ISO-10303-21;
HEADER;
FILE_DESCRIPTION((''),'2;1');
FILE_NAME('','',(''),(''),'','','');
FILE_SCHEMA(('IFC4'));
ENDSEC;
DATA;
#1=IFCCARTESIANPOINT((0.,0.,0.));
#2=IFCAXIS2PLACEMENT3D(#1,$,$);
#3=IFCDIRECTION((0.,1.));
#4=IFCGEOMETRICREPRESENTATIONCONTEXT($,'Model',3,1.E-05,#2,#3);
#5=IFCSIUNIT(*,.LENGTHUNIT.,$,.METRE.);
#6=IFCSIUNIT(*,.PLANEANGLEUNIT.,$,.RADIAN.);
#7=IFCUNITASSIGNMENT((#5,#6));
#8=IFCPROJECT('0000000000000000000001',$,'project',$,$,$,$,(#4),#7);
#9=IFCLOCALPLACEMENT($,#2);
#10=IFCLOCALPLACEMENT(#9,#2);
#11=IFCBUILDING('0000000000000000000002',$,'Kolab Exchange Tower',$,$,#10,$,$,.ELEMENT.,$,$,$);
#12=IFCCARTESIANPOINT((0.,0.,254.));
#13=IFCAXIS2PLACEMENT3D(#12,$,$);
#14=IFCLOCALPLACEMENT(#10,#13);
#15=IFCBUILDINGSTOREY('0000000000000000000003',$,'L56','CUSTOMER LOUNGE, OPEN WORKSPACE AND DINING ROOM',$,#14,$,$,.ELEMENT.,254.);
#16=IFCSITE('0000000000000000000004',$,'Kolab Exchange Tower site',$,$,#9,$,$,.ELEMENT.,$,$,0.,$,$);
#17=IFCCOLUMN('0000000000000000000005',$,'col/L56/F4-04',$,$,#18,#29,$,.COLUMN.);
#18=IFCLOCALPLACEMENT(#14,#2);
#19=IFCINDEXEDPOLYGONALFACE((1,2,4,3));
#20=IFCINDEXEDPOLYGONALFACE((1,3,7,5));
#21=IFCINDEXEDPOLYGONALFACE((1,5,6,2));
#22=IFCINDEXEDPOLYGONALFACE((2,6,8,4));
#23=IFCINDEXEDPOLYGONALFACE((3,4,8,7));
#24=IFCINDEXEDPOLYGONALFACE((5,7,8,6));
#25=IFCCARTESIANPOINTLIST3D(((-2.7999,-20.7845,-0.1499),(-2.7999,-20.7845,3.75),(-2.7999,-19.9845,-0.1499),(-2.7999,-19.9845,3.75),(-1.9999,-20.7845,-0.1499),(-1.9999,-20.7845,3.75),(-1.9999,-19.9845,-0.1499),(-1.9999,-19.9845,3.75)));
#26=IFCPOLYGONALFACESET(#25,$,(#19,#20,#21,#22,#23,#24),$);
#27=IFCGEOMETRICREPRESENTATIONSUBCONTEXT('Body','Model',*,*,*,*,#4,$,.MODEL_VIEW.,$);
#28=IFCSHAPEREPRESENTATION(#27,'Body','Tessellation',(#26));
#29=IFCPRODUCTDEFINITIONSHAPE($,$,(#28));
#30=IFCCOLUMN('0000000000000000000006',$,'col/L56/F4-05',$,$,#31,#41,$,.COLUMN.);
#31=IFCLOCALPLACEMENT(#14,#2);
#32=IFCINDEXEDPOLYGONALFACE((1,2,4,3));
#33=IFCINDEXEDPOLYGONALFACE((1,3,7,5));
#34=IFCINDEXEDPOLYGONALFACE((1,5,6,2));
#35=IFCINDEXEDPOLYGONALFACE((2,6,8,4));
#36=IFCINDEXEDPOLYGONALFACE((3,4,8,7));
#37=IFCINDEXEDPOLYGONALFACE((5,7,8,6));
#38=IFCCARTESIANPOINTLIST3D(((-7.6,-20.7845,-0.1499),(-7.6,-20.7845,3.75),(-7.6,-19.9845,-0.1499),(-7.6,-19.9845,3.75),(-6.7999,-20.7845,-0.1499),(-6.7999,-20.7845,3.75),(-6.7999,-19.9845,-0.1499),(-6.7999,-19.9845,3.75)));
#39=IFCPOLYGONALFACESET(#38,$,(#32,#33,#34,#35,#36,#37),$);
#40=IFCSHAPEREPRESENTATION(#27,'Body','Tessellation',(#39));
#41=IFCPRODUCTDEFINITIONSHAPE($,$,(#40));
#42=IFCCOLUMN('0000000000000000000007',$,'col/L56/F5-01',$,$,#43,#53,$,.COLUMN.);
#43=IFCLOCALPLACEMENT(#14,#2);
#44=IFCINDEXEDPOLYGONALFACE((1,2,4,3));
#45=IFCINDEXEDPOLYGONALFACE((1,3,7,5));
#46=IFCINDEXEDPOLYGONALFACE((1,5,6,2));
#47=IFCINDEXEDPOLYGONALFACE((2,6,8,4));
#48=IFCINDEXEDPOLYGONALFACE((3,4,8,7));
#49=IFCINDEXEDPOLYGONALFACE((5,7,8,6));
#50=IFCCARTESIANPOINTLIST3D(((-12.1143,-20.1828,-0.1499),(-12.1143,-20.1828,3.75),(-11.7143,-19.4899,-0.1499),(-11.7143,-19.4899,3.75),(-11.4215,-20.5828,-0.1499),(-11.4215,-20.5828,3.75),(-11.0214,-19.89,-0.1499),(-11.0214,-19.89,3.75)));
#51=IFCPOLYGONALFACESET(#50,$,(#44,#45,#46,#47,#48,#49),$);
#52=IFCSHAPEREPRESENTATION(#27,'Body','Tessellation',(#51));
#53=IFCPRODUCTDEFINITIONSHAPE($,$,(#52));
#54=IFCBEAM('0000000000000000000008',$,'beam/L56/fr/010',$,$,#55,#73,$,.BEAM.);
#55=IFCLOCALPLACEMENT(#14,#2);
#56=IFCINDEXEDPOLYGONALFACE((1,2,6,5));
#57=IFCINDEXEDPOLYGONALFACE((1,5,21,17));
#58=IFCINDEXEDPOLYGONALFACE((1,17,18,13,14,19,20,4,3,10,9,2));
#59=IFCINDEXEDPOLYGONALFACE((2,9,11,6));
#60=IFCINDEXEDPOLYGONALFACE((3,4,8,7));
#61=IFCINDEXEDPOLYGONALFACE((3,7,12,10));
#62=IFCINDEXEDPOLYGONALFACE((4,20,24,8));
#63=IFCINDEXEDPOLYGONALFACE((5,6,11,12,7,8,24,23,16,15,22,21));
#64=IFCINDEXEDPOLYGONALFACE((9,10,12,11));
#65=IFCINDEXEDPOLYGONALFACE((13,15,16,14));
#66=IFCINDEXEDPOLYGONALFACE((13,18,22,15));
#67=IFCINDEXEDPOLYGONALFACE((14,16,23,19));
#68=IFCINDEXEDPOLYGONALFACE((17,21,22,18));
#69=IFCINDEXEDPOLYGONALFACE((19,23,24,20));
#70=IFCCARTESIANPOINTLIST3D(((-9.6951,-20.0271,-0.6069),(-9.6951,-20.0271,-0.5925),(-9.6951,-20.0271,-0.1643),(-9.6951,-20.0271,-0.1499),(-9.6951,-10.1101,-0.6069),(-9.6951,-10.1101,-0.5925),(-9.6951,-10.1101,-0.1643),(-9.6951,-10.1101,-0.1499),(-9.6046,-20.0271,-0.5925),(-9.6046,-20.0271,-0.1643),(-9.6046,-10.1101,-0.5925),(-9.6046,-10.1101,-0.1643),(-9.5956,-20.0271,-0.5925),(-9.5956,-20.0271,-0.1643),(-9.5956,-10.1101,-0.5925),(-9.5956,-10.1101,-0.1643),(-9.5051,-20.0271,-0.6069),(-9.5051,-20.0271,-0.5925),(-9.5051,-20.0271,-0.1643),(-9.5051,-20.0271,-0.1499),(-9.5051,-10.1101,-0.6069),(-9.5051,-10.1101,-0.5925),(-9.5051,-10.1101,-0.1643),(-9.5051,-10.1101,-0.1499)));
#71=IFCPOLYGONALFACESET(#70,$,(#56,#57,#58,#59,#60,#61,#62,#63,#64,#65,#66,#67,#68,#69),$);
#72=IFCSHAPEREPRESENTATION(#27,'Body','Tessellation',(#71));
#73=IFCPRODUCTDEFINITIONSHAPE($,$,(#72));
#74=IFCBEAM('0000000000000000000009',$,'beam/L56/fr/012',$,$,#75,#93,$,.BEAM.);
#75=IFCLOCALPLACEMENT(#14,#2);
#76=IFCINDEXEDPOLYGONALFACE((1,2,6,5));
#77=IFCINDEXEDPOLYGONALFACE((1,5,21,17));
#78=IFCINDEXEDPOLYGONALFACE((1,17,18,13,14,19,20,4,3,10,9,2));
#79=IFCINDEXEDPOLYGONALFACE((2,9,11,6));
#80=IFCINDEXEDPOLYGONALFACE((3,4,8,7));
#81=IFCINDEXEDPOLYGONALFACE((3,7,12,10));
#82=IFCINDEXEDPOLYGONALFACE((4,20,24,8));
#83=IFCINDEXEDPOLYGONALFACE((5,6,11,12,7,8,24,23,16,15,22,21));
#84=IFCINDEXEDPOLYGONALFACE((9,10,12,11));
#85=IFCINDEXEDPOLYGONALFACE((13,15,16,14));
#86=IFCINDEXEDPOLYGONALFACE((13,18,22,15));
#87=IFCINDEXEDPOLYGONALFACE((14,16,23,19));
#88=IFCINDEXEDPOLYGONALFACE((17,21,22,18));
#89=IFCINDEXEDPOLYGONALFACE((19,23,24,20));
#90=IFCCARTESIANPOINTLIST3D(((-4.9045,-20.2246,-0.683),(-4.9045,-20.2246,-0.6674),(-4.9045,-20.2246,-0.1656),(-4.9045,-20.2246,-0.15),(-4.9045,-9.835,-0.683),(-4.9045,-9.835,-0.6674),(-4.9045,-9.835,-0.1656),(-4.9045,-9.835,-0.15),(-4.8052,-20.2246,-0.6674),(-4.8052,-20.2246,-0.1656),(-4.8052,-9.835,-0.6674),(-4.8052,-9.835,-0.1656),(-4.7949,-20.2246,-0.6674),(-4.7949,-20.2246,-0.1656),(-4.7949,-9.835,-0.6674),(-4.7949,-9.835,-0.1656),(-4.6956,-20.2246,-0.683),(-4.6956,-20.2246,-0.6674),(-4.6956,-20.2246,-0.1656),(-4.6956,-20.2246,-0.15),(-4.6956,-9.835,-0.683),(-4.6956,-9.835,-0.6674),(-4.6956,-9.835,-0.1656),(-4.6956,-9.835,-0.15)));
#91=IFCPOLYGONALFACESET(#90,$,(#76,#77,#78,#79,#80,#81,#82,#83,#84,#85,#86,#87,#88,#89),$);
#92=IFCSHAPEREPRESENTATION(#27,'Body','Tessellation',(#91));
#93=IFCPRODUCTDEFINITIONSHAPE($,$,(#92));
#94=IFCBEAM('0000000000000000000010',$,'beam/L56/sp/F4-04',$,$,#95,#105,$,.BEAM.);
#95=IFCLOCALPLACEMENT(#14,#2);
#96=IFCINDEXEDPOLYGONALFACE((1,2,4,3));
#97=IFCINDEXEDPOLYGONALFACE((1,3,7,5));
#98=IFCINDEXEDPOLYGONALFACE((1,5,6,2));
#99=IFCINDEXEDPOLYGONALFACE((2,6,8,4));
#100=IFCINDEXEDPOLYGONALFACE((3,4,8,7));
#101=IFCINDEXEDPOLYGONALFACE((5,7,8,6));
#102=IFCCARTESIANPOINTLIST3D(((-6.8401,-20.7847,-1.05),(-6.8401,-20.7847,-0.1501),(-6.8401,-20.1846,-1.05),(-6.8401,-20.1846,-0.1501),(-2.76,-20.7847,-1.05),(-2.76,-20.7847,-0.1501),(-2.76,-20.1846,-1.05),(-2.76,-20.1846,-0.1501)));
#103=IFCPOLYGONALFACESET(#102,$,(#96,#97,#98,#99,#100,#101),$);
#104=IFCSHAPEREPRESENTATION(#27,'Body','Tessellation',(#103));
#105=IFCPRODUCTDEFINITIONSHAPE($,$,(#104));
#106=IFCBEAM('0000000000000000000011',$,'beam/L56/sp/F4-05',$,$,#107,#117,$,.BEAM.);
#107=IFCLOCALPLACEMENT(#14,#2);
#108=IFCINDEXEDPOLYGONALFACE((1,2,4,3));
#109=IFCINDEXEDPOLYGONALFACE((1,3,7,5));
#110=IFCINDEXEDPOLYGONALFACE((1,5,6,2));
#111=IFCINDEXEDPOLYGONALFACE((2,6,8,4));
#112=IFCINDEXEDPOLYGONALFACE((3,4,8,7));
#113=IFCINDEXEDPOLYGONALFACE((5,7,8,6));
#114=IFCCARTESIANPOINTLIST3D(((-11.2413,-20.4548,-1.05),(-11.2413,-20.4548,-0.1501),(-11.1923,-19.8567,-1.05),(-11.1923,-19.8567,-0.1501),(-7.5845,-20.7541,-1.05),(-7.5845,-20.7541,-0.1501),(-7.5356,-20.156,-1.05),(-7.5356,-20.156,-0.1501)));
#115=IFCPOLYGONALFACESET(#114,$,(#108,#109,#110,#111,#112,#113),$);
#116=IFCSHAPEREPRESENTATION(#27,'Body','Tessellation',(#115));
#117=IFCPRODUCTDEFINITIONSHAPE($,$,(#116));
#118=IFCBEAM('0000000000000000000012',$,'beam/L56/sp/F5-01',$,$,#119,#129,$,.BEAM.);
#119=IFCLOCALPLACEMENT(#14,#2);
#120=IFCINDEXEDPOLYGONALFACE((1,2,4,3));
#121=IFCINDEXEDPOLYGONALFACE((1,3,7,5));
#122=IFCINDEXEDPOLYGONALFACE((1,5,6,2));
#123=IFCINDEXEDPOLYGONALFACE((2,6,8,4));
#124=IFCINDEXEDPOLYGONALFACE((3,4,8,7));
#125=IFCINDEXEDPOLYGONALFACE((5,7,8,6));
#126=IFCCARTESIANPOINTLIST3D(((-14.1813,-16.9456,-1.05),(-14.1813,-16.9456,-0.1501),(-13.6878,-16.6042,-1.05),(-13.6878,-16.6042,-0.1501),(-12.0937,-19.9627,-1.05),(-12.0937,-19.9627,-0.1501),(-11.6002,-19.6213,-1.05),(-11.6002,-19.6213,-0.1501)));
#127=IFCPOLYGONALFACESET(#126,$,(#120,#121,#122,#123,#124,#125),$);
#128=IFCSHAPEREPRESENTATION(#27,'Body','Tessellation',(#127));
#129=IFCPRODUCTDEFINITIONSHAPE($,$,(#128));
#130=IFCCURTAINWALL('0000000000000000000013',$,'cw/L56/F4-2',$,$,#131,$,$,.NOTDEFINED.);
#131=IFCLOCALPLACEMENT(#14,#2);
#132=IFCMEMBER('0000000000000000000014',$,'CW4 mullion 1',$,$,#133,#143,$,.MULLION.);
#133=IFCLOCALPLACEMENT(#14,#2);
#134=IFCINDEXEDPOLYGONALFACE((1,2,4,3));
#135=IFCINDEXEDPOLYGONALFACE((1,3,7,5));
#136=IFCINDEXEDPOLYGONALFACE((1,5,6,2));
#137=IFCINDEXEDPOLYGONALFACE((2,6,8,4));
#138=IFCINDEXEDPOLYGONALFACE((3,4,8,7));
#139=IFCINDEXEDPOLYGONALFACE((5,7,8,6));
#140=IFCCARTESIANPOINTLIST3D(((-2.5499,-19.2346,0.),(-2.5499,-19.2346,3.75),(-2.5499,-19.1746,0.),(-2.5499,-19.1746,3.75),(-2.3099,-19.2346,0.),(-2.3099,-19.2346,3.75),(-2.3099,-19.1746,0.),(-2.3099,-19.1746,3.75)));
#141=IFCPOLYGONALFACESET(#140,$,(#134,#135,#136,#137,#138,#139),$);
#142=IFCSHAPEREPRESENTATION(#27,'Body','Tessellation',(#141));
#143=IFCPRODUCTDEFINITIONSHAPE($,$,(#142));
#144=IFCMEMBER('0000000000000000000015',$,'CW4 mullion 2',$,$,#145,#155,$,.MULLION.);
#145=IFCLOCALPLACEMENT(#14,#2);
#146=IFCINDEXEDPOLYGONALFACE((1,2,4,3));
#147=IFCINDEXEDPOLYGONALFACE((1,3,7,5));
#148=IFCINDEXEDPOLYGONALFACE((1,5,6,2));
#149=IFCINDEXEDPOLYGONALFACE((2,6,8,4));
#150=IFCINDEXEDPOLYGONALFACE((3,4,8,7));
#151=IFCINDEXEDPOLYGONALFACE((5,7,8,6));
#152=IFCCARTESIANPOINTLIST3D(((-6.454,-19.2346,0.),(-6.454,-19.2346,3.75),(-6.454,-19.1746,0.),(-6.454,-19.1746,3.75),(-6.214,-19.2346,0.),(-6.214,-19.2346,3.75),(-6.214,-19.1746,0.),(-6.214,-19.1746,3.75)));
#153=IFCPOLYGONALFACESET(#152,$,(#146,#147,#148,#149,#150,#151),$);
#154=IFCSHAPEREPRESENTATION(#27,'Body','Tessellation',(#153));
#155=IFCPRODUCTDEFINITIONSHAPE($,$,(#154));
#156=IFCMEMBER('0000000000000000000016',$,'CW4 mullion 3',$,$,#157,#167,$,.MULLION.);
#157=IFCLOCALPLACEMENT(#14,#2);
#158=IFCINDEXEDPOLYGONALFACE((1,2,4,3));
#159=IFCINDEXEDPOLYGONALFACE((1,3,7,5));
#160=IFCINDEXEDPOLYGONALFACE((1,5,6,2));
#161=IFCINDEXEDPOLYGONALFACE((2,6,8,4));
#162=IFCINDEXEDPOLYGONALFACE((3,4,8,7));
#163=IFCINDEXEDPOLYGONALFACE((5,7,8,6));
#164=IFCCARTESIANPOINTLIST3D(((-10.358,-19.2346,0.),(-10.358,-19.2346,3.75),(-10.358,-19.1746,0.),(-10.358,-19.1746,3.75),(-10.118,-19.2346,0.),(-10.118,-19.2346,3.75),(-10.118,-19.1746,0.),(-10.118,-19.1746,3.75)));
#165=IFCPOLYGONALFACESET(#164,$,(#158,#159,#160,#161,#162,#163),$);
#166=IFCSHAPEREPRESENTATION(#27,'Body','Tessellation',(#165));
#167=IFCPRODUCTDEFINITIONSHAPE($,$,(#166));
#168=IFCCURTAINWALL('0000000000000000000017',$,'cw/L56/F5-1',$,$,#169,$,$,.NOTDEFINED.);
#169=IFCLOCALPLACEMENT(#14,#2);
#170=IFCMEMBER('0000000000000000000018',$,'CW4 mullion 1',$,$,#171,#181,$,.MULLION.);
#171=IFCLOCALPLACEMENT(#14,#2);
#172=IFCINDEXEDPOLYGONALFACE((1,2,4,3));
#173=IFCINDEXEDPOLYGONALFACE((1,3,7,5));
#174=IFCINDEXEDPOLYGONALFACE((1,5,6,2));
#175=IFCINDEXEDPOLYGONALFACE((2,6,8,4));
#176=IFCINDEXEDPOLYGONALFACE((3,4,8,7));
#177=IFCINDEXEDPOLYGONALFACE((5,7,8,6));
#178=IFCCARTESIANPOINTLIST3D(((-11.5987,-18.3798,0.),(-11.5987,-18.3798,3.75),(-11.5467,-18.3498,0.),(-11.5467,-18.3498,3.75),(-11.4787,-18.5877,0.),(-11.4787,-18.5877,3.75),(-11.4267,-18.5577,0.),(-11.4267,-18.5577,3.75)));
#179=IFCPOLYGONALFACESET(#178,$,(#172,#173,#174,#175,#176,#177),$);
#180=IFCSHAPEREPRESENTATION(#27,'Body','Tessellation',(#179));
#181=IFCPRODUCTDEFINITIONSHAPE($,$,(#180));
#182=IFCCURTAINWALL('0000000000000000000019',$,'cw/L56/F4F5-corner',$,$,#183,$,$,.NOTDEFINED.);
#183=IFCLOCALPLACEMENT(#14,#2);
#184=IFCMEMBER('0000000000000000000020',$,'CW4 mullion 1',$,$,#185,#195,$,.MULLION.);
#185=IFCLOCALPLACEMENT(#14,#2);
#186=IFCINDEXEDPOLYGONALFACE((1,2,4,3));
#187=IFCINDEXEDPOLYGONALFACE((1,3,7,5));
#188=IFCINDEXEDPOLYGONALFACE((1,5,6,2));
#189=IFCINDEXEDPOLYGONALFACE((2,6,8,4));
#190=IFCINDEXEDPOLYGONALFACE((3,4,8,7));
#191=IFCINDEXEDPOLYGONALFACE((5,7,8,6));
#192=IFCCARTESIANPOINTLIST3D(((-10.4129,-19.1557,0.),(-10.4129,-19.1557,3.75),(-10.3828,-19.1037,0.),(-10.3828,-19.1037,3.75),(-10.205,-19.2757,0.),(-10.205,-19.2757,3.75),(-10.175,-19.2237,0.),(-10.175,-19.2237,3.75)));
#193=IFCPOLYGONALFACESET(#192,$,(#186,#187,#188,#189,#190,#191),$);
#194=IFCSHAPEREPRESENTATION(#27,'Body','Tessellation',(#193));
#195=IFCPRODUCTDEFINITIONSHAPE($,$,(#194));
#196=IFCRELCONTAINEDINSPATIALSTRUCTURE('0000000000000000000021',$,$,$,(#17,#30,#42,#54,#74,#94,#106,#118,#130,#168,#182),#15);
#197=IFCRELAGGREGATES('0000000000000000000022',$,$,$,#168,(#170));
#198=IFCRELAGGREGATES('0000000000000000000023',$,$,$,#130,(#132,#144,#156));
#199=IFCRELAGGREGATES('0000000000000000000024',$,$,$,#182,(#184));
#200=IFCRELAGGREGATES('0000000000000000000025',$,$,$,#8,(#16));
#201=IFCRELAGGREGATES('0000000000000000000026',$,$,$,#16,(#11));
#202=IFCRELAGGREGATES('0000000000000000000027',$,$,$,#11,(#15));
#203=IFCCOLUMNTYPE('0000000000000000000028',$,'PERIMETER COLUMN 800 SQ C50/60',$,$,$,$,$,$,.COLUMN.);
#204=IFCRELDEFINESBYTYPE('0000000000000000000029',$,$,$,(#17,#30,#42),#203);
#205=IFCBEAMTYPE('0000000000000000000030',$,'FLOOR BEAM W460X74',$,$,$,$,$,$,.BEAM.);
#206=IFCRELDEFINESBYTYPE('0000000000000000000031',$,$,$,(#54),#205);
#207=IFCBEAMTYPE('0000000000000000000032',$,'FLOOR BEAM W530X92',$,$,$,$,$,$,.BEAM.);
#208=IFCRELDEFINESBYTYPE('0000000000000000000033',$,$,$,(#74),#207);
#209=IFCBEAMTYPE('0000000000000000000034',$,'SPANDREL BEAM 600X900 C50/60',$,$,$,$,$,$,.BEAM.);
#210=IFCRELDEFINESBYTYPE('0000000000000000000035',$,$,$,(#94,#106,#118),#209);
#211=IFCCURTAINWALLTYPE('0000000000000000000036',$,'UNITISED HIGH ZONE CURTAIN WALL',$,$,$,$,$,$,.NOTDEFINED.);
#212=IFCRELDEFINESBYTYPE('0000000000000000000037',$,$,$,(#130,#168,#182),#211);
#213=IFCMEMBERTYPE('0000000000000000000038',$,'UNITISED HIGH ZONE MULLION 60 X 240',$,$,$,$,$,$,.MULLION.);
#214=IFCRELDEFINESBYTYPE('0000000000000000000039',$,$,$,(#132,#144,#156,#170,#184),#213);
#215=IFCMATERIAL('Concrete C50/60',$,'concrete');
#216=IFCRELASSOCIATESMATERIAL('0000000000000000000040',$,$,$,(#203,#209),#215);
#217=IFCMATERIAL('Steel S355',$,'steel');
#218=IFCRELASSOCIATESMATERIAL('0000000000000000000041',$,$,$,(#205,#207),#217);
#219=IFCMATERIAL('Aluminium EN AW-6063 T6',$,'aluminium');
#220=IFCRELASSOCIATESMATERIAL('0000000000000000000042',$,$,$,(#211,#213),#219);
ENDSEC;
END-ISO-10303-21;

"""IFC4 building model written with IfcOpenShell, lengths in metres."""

from ifc_helpers import new_model, si_unit, direction, frame, origin, origin_2d, place, context, subcontext, project, spatial, rectangle, i_section, extrude, material, material_profile, profile_set, type_object, element, aggregate, save


model = new_model("IFC4")

# Units and contexts
model_context = context("Model", 3, precision=1e-05, world=origin(), true_north=direction((0.0, 1.0)))
body_context = subcontext(model_context, "Body", "Model", "MODEL_VIEW")
ifc_project = project(units=[si_unit("LENGTHUNIT", "METRE"), si_unit("PLANEANGLEUNIT", "RADIAN")], contexts=[model_context])

# Site, building, storey
site_placement = place(None, origin())
site = spatial("IfcSite", under=ifc_project, at=site_placement, Name="Kolab Exchange Tower site", CompositionType="ELEMENT", RefElevation=0.0)
building_placement = place(site_placement, origin())
building = spatial("IfcBuilding", under=site, at=building_placement, Name="Kolab Exchange Tower", CompositionType="ELEMENT")
storey_placement = place(building_placement, frame((0.0, 0.0, 254.0)))
storey = spatial("IfcBuildingStorey", under=building, at=storey_placement, Name="L56", Description="CUSTOMER LOUNGE, OPEN WORKSPACE AND DINING ROOM", CompositionType="ELEMENT", Elevation=254.0)

# Columns
ifc_material_1 = material(Name="Concrete C50/60", Category="concrete")
ifc_material_profile_1 = material_profile(ifc_material_1, rectangle(XDim=0.8, YDim=0.8, at=origin_2d()), Name="RC800")
ifc_profile_set_1 = profile_set([ifc_material_profile_1], Name="Concrete C50/60")
column_type = type_object("IfcColumnType", Name="PERIMETER COLUMN 800 SQ C50/60", PredefinedType="COLUMN", material=ifc_profile_set_1)
for number, where, z_axis, x_axis, name in (
    (1, (-2.3999, -20.3845, -0.1499), (0.0, 0.0, 1.0), (1.0, 0.0, 0.0), "col/L56/F4-04"),
    (2, (-7.2, -20.3845, -0.1499), (0.0, 0.0, 1.0), (1.0, 0.0, 0.0), "col/L56/F4-05"),
    (3, (-11.5679, -20.0364, -0.1499), (0.0, 0.0, 1.0), (0.5, 0.866025, 0.0), "col/L56/F5-01"),
):
    element("IfcColumn", number, at=place(storey_placement, frame(where, z_axis=z_axis, x_axis=x_axis)), inside=storey, type_object=column_type, Name=name, PredefinedType="COLUMN", context=body_context, shape_type="SweptSolid", body=[
        extrude(rectangle(XDim=0.8, YDim=0.8, at=origin_2d()), origin(), (0.0, 0.0, 1.0), 3.8999),
    ])

# Beams
ifc_material_2 = material(Name="Steel S355", Category="steel")
ifc_material_profile_2 = material_profile(ifc_material_2, i_section(OverallWidth=0.1899, OverallDepth=0.457, WebThickness=0.009, FlangeThickness=0.0144, at=origin_2d()), Name="W460X74")
ifc_profile_set_2 = profile_set([ifc_material_profile_2], Name="Steel S355")
beam_type_1 = type_object("IfcBeamType", Name="FLOOR BEAM W460X74", PredefinedType="BEAM", material=ifc_profile_set_2)
beam_1_placement = place(storey_placement, frame((-9.6001, -20.0271, -0.3784), z_axis=(0.0, 1.0, 0.0), x_axis=(-1.0, 0.0, 0.0)))
element("IfcBeam", 4, at=beam_1_placement, inside=storey, type_object=beam_type_1, Name="beam/L56/fr/010", PredefinedType="BEAM", context=body_context, shape_type="SweptSolid", body=[
    extrude(i_section(OverallWidth=0.1899, OverallDepth=0.457, WebThickness=0.009, FlangeThickness=0.0144, at=origin_2d()), origin(), (0.0, 0.0, 1.0), 9.917),
])
ifc_material_profile_3 = material_profile(ifc_material_2, i_section(OverallWidth=0.209, OverallDepth=0.533, WebThickness=0.0103, FlangeThickness=0.0156, at=origin_2d()), Name="W530X92")
ifc_profile_set_3 = profile_set([ifc_material_profile_3], Name="Steel S355")
beam_type_2 = type_object("IfcBeamType", Name="FLOOR BEAM W530X92", PredefinedType="BEAM", material=ifc_profile_set_3)
beam_2_placement = place(storey_placement, frame((-4.8, -20.2246, -0.4165), z_axis=(0.0, 1.0, 0.0), x_axis=(-1.0, 0.0, 0.0)))
element("IfcBeam", 5, at=beam_2_placement, inside=storey, type_object=beam_type_2, Name="beam/L56/fr/012", PredefinedType="BEAM", context=body_context, shape_type="SweptSolid", body=[
    extrude(i_section(OverallWidth=0.209, OverallDepth=0.533, WebThickness=0.0103, FlangeThickness=0.0156, at=origin_2d()), origin(), (0.0, 0.0, 1.0), 10.3896),
])
ifc_material_profile_4 = material_profile(ifc_material_1, rectangle(XDim=0.6001, YDim=0.8999, at=origin_2d()), Name="RC600X900")
ifc_profile_set_4 = profile_set([ifc_material_profile_4], Name="Concrete C50/60")
beam_type_3 = type_object("IfcBeamType", Name="SPANDREL BEAM 600X900 C50/60", PredefinedType="BEAM", material=ifc_profile_set_4)
beam_3_placement = place(storey_placement, frame((-2.76, -20.4846, -0.6001), z_axis=(-1.0, 0.0, 0.0), x_axis=(0.0, -1.0, 0.0)))
element("IfcBeam", 6, at=beam_3_placement, inside=storey, type_object=beam_type_3, Name="beam/L56/sp/F4-04", PredefinedType="BEAM", context=body_context, shape_type="SweptSolid", body=[
    extrude(rectangle(XDim=0.6001, YDim=0.8999, at=origin_2d()), origin(), (0.0, 0.0, 1.0), 4.0801),
])
for number, where, z_axis, x_axis, name in (
    (7, (-7.5601, -20.4551, -0.6001), (-0.996667, 0.081581, 0.0), (-0.081581, -0.996667, 0.0), "beam/L56/sp/F4-05"),
    (8, (-11.8469, -19.792, -0.6001), (-0.569006, 0.822334, 0.0), (-0.822334, -0.569006, 0.0), "beam/L56/sp/F5-01"),
):
    element("IfcBeam", number, at=place(storey_placement, frame(where, z_axis=z_axis, x_axis=x_axis)), inside=storey, type_object=beam_type_3, Name=name, PredefinedType="BEAM", context=body_context, shape_type="SweptSolid", body=[
        extrude(rectangle(XDim=0.6001, YDim=0.8999, at=origin_2d()), origin(), (0.0, 0.0, 1.0), 3.6689),
    ])

# Curtain wall, members
ifc_material_3 = material(Name="Aluminium EN AW-6063 T6", Category="aluminium")
curtain_wall_type = type_object("IfcCurtainWallType", Name="UNITISED HIGH ZONE CURTAIN WALL", PredefinedType="NOTDEFINED", material=ifc_material_3)
curtain_wall_1_placement = place(storey_placement, origin())
curtain_wall_1 = element("IfcCurtainWall", 9, at=curtain_wall_1_placement, inside=storey, type_object=curtain_wall_type, Name="cw/L56/F4-2", PredefinedType="NOTDEFINED")
ifc_material_profile_5 = material_profile(ifc_material_3, rectangle(XDim=0.0601, YDim=0.24, at=origin_2d()), Name="RECT 60X240")
ifc_profile_set_5 = profile_set([ifc_material_profile_5], Name="Aluminium EN AW-6063 T6")
member_type_1 = type_object("IfcMemberType", Name="UNITISED HIGH ZONE MULLION 60 X 240", PredefinedType="MULLION", material=ifc_profile_set_5)
member_1_placement = place(storey_placement, frame((-2.4299, -19.2046, 0.0), z_axis=(0.0, 0.0, 1.0), x_axis=(0.0, -1.0, 0.0)))
member_1 = element("IfcMember", 10, at=member_1_placement, type_object=member_type_1, Name="CW4 mullion 1", PredefinedType="MULLION", context=body_context, shape_type="SweptSolid", body=[
    extrude(rectangle(XDim=0.0601, YDim=0.24, at=origin_2d()), origin(), (0.0, 0.0, 1.0), 3.75),
])
member_2_placement = place(storey_placement, frame((-6.334, -19.2046, 0.0), z_axis=(0.0, 0.0, 1.0), x_axis=(0.0, -1.0, 0.0)))
member_2 = element("IfcMember", 11, at=member_2_placement, type_object=member_type_1, Name="CW4 mullion 2", PredefinedType="MULLION", context=body_context, shape_type="SweptSolid", body=[
    extrude(rectangle(XDim=0.0601, YDim=0.24, at=origin_2d()), origin(), (0.0, 0.0, 1.0), 3.75),
])
member_3_placement = place(storey_placement, frame((-10.238, -19.2046, 0.0), z_axis=(0.0, 0.0, 1.0), x_axis=(0.0, -1.0, 0.0)))
member_3 = element("IfcMember", 12, at=member_3_placement, type_object=member_type_1, Name="CW4 mullion 3", PredefinedType="MULLION", context=body_context, shape_type="SweptSolid", body=[
    extrude(rectangle(XDim=0.0601, YDim=0.24, at=origin_2d()), origin(), (0.0, 0.0, 1.0), 3.75),
])

# Curtain wall, member
curtain_wall_2_placement = place(storey_placement, origin())
curtain_wall_2 = element("IfcCurtainWall", 13, at=curtain_wall_2_placement, inside=storey, type_object=curtain_wall_type, Name="cw/L56/F5-1", PredefinedType="NOTDEFINED")
member_4_placement = place(storey_placement, frame((-11.5127, -18.4688, 0.0), z_axis=(0.0, 0.0, 1.0), x_axis=(-0.866025, -0.5, 0.0)))
member_4 = element("IfcMember", 14, at=member_4_placement, type_object=member_type_1, Name="CW4 mullion 1", PredefinedType="MULLION", context=body_context, shape_type="SweptSolid", body=[
    extrude(rectangle(XDim=0.0601, YDim=0.24, at=origin_2d()), origin(), (0.0, 0.0, 1.0), 3.75),
])
aggregate(curtain_wall_2, [member_4])

# Curtain wall, member
curtain_wall_3_placement = place(storey_placement, origin())
curtain_wall_3 = element("IfcCurtainWall", 15, at=curtain_wall_3_placement, inside=storey, type_object=curtain_wall_type, Name="cw/L56/F4F5-corner", PredefinedType="NOTDEFINED")
member_5_placement = place(storey_placement, frame((-10.2939, -19.1897, 0.0), z_axis=(0.0, 0.0, 1.0), x_axis=(-0.5, -0.866025, 0.0)))
member_5 = element("IfcMember", 16, at=member_5_placement, type_object=member_type_1, Name="CW4 mullion 1", PredefinedType="MULLION", context=body_context, shape_type="SweptSolid", body=[
    extrude(rectangle(XDim=0.0601, YDim=0.24, at=origin_2d()), origin(), (0.0, 0.0, 1.0), 3.75),
])

aggregate(curtain_wall_1, [member_1, member_2, member_3])
aggregate(curtain_wall_3, [member_5])

save(model, "model.ifc")
